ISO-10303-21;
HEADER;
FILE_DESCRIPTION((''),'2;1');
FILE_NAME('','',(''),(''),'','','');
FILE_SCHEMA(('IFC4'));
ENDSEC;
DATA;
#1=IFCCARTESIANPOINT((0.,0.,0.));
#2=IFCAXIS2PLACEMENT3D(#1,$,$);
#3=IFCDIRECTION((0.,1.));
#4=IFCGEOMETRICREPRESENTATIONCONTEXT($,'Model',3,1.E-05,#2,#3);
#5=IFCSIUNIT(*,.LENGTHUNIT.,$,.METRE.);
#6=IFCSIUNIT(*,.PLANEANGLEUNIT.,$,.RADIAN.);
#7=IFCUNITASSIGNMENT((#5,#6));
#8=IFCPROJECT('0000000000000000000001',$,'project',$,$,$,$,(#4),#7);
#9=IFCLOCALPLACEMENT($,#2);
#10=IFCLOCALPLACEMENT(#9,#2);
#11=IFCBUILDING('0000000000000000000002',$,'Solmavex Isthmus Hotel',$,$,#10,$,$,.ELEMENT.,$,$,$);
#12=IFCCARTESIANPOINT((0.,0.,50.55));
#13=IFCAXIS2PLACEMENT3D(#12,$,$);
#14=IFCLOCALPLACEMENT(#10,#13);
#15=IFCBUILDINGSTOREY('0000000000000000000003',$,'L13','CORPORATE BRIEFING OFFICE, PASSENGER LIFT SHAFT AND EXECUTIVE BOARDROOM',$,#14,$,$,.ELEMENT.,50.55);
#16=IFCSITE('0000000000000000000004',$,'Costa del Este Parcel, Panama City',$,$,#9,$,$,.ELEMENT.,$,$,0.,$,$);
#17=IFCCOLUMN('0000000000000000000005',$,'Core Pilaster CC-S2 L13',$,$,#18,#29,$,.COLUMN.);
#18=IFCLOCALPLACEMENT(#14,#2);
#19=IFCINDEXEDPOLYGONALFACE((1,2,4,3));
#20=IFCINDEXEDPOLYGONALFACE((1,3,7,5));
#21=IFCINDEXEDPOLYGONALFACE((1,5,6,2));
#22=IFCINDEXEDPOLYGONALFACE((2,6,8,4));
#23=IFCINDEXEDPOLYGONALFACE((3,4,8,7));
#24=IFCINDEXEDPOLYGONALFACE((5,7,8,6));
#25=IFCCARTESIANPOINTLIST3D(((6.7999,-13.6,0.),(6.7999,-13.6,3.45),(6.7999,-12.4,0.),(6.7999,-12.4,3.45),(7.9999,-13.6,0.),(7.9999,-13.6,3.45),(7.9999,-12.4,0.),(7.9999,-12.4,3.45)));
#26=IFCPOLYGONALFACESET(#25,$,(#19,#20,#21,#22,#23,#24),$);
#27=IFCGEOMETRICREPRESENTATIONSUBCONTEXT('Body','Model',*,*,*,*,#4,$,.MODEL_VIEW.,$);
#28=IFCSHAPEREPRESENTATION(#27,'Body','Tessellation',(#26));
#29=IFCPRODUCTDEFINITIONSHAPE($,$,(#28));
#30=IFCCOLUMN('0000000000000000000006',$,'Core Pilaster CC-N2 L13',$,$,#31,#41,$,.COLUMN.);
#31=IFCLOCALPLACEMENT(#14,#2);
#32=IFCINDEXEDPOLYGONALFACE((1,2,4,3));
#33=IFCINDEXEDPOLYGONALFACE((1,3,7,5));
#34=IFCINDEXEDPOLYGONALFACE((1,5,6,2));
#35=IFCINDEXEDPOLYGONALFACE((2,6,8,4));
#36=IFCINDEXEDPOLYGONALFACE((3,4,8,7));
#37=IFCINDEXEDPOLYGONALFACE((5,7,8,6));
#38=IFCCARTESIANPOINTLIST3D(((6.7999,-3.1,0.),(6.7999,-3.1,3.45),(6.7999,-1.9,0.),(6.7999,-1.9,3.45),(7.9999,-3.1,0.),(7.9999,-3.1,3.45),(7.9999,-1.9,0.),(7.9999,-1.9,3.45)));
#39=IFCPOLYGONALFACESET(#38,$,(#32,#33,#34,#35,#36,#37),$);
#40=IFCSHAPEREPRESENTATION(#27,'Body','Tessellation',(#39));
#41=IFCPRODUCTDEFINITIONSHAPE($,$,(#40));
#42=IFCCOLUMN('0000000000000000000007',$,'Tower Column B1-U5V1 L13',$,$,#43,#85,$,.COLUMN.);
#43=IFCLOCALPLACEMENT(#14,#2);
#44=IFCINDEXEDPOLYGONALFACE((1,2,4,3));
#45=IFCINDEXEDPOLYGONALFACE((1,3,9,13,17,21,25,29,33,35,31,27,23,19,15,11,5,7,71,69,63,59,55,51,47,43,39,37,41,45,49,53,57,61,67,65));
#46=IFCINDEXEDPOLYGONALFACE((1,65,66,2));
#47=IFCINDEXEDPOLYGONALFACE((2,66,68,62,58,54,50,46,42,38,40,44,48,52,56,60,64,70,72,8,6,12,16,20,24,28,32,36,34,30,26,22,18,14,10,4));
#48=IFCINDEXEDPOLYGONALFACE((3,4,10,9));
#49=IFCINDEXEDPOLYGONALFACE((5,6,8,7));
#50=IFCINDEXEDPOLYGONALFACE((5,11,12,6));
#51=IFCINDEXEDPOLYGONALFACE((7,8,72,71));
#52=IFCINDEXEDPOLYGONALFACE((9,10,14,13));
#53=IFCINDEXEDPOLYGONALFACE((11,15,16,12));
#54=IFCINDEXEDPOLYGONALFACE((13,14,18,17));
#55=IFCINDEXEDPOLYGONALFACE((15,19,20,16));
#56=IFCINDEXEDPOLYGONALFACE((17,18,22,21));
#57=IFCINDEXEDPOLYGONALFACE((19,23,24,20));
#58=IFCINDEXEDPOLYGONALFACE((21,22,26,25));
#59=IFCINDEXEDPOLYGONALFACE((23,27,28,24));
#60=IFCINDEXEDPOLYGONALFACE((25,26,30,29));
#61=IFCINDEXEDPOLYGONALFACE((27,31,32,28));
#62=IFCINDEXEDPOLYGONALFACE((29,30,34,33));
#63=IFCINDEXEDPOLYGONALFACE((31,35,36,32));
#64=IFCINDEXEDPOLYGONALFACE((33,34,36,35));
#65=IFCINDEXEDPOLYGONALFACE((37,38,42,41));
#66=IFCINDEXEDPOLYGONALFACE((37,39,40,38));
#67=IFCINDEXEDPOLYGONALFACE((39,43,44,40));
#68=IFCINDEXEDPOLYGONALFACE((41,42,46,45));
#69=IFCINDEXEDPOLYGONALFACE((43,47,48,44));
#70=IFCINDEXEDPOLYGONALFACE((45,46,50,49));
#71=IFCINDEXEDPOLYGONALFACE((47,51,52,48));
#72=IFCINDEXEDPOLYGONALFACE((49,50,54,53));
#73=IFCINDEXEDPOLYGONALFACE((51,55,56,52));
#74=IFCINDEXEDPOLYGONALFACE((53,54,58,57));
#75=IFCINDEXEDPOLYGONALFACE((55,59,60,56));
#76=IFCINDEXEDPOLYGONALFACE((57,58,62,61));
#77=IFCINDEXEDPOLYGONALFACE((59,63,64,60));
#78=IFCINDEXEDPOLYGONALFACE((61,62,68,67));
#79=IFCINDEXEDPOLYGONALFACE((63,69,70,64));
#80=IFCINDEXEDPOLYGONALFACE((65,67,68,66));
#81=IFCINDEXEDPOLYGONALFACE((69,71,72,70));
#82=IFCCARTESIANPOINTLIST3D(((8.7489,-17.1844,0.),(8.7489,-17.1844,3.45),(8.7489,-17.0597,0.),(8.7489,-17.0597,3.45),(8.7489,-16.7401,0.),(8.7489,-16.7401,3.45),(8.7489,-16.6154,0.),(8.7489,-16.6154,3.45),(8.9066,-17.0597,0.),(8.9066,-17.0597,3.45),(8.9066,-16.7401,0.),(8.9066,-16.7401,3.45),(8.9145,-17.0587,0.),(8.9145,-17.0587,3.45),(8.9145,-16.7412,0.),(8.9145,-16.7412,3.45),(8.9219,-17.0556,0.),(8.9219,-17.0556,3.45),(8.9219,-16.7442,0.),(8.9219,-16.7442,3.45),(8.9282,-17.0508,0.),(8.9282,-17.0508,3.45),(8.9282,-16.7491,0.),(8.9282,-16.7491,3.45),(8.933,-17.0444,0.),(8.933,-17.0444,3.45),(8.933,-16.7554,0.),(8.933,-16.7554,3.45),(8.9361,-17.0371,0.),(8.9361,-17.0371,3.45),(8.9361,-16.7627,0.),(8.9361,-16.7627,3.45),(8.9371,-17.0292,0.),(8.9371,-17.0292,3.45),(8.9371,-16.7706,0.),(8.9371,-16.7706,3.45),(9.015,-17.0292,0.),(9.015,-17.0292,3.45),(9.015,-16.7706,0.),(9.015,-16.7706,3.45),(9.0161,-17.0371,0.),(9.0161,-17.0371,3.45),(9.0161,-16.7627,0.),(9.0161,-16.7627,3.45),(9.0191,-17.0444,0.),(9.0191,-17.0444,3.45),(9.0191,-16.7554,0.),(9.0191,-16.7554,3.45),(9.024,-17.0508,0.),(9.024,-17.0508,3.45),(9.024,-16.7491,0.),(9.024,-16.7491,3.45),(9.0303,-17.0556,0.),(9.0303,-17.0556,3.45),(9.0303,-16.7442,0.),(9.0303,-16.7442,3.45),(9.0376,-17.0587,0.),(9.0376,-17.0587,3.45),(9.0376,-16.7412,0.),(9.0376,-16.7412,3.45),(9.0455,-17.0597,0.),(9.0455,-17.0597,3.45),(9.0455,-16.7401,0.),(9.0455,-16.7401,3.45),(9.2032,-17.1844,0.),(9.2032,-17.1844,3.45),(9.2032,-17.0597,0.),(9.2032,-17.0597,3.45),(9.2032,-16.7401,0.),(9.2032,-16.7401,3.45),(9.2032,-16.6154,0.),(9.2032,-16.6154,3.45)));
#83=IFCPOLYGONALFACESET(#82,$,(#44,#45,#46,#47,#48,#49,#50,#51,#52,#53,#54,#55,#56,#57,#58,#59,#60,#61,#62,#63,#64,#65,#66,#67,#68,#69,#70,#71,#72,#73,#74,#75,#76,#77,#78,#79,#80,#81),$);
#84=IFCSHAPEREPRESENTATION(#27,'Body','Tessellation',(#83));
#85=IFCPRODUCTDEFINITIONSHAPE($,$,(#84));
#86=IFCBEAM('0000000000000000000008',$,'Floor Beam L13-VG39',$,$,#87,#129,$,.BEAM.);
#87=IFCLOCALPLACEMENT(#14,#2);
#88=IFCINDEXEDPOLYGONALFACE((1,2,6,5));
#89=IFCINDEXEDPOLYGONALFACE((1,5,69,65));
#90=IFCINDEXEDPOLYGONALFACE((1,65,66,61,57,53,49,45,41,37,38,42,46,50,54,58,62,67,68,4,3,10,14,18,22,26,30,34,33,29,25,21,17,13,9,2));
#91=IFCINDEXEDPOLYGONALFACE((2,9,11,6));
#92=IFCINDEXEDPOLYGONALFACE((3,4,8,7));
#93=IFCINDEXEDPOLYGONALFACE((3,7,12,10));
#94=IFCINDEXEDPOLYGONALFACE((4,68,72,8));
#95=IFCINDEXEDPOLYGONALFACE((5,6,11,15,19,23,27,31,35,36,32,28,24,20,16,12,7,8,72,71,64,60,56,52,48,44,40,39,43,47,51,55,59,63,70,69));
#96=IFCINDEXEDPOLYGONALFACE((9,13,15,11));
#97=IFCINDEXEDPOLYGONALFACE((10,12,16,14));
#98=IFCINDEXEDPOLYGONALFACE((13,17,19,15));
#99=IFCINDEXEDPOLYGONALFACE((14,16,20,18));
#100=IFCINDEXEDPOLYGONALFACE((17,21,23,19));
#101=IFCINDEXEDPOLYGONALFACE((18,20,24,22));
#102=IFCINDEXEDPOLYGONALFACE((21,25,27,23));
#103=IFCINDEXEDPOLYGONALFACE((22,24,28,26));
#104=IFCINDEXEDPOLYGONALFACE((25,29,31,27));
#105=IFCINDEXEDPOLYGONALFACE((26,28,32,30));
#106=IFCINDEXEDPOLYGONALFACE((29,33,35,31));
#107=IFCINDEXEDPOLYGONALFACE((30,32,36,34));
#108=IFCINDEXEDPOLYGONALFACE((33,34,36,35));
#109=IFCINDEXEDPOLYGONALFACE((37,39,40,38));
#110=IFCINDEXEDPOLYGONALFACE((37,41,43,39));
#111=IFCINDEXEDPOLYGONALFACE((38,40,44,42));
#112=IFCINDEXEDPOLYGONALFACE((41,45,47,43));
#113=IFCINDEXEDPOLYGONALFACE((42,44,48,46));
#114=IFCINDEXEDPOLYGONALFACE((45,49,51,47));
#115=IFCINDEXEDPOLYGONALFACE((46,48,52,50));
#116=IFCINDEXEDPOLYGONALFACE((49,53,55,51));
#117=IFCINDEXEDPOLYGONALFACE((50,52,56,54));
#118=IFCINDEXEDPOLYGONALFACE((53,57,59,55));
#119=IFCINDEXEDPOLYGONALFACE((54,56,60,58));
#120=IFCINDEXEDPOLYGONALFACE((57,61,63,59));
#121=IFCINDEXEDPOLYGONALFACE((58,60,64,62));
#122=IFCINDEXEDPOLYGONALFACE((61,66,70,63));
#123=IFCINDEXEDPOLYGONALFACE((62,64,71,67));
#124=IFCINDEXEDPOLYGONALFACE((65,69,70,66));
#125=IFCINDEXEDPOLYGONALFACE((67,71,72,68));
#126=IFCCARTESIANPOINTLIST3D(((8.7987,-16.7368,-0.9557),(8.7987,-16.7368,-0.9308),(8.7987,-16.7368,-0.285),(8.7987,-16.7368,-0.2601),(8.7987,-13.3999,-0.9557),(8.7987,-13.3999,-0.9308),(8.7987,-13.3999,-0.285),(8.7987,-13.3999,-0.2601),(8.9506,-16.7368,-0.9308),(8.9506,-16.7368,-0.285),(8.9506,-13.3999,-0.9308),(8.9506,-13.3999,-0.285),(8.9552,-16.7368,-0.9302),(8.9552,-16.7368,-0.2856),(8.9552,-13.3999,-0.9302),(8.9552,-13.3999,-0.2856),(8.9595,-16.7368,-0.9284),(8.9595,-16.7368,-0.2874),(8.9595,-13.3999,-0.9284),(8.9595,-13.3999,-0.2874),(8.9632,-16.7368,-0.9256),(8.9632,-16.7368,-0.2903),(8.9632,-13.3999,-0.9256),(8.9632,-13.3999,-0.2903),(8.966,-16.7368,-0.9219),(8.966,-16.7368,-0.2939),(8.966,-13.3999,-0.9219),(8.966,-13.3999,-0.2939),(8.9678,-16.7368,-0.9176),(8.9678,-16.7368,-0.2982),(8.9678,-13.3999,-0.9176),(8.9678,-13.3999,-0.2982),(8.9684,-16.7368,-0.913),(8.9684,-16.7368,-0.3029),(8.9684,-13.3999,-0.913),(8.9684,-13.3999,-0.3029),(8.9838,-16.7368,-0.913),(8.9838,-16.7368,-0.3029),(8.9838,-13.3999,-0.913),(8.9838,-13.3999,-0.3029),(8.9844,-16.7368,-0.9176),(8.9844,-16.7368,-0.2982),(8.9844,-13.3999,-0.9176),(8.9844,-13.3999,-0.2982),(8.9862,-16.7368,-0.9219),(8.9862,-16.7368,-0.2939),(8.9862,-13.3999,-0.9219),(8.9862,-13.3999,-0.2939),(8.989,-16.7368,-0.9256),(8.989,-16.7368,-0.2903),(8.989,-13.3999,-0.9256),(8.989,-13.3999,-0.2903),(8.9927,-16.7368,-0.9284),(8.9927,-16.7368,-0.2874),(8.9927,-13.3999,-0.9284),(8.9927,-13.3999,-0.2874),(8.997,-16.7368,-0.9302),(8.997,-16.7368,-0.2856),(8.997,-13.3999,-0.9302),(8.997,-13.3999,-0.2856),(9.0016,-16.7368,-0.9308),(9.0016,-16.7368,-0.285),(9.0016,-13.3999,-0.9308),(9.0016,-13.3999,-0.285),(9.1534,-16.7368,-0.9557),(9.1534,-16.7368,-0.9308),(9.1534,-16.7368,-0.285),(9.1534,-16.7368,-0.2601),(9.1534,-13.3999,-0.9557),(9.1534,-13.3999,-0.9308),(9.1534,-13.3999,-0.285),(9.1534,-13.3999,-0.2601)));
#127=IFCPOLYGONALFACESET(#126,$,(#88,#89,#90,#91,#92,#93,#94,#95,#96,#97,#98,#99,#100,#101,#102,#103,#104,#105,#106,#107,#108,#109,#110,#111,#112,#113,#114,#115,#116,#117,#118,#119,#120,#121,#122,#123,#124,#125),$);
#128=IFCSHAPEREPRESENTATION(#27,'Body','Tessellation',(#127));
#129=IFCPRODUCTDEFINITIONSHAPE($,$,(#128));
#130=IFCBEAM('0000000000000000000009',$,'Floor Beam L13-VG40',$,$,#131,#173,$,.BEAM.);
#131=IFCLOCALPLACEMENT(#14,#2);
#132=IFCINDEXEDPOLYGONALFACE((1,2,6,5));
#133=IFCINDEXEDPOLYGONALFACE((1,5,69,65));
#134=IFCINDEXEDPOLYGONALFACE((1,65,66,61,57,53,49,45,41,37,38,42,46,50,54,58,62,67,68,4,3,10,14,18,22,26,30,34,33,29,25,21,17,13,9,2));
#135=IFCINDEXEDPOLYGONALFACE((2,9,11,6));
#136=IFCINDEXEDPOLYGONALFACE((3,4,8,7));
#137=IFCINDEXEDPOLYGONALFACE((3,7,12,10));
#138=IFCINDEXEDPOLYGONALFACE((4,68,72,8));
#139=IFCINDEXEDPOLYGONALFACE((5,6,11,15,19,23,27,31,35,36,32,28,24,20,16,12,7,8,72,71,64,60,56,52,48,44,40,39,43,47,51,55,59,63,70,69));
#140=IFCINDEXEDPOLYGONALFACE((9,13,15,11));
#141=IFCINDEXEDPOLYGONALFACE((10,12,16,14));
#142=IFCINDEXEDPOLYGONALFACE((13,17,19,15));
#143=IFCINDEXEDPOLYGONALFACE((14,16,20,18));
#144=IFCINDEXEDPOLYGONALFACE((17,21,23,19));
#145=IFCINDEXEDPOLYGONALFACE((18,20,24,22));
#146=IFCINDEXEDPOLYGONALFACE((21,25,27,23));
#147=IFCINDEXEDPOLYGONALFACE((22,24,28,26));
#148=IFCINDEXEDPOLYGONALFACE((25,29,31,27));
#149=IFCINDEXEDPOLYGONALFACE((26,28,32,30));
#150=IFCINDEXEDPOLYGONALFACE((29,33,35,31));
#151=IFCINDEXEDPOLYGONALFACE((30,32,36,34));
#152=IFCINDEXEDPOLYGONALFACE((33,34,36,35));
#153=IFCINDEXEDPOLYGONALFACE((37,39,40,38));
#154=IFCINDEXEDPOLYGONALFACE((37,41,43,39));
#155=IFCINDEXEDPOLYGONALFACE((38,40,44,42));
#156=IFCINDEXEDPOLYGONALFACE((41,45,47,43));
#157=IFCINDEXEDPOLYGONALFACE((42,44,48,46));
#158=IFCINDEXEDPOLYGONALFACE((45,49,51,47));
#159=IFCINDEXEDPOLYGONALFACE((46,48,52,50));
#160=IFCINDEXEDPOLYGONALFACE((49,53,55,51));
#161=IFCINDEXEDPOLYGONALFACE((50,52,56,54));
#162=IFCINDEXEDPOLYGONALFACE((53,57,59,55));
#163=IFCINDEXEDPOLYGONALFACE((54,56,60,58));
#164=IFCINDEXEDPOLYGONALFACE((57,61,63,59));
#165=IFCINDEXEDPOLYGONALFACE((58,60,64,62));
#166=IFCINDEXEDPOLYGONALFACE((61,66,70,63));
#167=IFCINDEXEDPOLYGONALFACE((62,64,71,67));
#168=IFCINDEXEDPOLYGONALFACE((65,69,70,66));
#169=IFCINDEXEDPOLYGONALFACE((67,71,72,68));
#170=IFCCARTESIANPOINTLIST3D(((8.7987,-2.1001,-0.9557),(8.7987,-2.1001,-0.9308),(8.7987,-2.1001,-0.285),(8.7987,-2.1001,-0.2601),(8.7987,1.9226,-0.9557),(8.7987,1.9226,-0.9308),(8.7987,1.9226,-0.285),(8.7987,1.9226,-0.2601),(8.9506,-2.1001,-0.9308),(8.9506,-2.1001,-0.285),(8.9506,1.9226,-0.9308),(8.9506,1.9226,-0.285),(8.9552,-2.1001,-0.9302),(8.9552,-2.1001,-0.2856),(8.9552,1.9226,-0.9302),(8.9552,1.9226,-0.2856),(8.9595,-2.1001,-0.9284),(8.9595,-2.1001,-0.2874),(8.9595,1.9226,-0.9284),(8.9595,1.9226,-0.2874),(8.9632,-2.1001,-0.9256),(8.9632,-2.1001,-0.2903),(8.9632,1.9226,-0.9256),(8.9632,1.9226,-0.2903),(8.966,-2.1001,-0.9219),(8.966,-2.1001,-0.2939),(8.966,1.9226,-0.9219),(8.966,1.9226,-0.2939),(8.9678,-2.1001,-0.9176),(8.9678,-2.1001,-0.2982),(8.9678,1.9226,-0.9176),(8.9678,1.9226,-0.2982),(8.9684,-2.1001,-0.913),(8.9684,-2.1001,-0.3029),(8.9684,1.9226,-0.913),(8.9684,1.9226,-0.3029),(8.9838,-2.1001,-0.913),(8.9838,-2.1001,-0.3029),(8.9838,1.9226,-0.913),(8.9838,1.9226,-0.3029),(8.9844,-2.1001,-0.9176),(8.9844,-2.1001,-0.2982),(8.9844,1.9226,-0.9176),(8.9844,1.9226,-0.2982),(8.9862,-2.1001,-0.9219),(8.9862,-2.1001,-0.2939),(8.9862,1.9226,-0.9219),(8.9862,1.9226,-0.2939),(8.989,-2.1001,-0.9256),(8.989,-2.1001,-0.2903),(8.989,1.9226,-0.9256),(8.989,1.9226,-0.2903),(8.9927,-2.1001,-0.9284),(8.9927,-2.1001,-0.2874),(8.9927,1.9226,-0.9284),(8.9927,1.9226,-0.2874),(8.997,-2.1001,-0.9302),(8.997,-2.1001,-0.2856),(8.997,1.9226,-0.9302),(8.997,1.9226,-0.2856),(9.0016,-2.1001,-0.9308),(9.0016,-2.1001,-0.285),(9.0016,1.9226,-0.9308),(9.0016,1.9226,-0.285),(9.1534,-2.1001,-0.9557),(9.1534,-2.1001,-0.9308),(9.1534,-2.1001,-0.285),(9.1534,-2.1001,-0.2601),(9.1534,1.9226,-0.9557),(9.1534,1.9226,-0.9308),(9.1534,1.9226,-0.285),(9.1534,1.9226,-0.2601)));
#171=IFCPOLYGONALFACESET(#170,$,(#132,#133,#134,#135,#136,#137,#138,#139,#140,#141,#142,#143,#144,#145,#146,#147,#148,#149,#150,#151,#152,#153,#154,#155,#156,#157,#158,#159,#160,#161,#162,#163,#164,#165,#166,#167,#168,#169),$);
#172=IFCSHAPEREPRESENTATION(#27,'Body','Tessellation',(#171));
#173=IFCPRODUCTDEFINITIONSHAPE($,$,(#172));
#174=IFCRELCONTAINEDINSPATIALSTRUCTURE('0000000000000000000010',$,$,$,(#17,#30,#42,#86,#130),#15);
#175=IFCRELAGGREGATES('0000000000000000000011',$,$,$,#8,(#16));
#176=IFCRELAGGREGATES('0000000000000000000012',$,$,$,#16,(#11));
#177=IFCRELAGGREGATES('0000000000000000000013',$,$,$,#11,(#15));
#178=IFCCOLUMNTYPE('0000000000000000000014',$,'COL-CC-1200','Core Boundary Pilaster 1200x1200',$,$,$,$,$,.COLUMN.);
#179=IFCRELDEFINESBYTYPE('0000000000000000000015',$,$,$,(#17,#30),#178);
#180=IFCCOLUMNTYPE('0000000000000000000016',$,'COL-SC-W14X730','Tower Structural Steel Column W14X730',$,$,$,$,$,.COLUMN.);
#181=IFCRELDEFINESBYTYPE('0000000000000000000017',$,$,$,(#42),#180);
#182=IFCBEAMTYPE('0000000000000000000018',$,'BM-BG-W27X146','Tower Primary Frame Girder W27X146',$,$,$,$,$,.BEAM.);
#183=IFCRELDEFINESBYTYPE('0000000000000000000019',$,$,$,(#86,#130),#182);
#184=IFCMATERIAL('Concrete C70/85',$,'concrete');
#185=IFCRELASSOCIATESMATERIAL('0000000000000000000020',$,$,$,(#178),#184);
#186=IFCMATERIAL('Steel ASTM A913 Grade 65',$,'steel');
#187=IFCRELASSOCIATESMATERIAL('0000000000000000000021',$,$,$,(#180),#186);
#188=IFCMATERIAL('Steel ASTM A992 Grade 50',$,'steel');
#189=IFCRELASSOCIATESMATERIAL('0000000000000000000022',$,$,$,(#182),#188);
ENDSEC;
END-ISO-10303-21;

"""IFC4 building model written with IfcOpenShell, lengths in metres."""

from ifc_helpers import new_model, si_unit, direction, frame, origin, origin_2d, place, context, subcontext, project, spatial, rectangle, i_section, extrude, material, material_profile, profile_set, type_object, element, save


model = new_model("IFC4")

# Units and contexts
model_context = context("Model", 3, precision=1e-05, world=origin(), true_north=direction((0.0, 1.0)))
body_context = subcontext(model_context, "Body", "Model", "MODEL_VIEW")
ifc_project = project(units=[si_unit("LENGTHUNIT", "METRE"), si_unit("PLANEANGLEUNIT", "RADIAN")], contexts=[model_context])

# Site, building, storey
site_placement = place(None, origin())
site = spatial("IfcSite", under=ifc_project, at=site_placement, Name="Costa del Este Parcel, Panama City", CompositionType="ELEMENT", RefElevation=0.0)
building_placement = place(site_placement, origin())
building = spatial("IfcBuilding", under=site, at=building_placement, Name="Solmavex Isthmus Hotel", CompositionType="ELEMENT")
storey_placement = place(building_placement, frame((0.0, 0.0, 50.55)))
storey = spatial("IfcBuildingStorey", under=building, at=storey_placement, Name="L13", Description="CORPORATE BRIEFING OFFICE, PASSENGER LIFT SHAFT AND EXECUTIVE BOARDROOM", CompositionType="ELEMENT", Elevation=50.55)

# Columns
ifc_material_1 = material(Name="Concrete C70/85", Category="concrete")
ifc_material_profile_1 = material_profile(ifc_material_1, rectangle(XDim=1.2, YDim=1.2, at=origin_2d()), Name="RC1200X1200")
ifc_profile_set_1 = profile_set([ifc_material_profile_1], Name="Concrete C70/85")
column_type_1 = type_object("IfcColumnType", Name="COL-CC-1200", Description="Core Boundary Pilaster 1200x1200", PredefinedType="COLUMN", material=ifc_profile_set_1)
for number, where, z_axis, x_axis, name in (
    (1, (7.3999, -13.0, 0.0), (0.0, 0.0, 1.0), (1.0, 0.0, 0.0), "Core Pilaster CC-S2 L13"),
    (2, (7.3999, -2.5, 0.0), (0.0, 0.0, 1.0), (1.0, 0.0, 0.0), "Core Pilaster CC-N2 L13"),
):
    element("IfcColumn", number, at=place(storey_placement, frame(where, z_axis=z_axis, x_axis=x_axis)), inside=storey, type_object=column_type_1, Name=name, PredefinedType="COLUMN", context=body_context, shape_type="SweptSolid", body=[
        extrude(rectangle(XDim=1.2, YDim=1.2, at=origin_2d()), origin(), (0.0, 0.0, 1.0), 3.45),
    ])
ifc_material_2 = material(Name="Steel ASTM A913 Grade 65", Category="steel")
ifc_material_profile_2 = material_profile(ifc_material_2, i_section(OverallWidth=0.4543, OverallDepth=0.5691, WebThickness=0.0779, FlangeThickness=0.1248, FilletRadius=0.0305, at=origin_2d()), Name="W14X730")
ifc_profile_set_2 = profile_set([ifc_material_profile_2], Name="Steel ASTM A913 Grade 65")
column_type_2 = type_object("IfcColumnType", Name="COL-SC-W14X730", Description="Tower Structural Steel Column W14X730", PredefinedType="COLUMN", material=ifc_profile_set_2)
column_placement = place(storey_placement, frame((8.9761, -16.8999, 0.0), z_axis=(0.0, 0.0, 1.0), x_axis=(1.0, 0.0, 0.0)))
element("IfcColumn", 3, at=column_placement, inside=storey, type_object=column_type_2, Name="Tower Column B1-U5V1 L13", PredefinedType="COLUMN", context=body_context, shape_type="SweptSolid", body=[
    extrude(i_section(OverallWidth=0.4543, OverallDepth=0.5691, WebThickness=0.0779, FlangeThickness=0.1248, FilletRadius=0.0305, at=origin_2d()), origin(), (0.0, 0.0, 1.0), 3.45),
])

# Beams
ifc_material_3 = material(Name="Steel ASTM A992 Grade 50", Category="steel")
ifc_material_profile_3 = material_profile(ifc_material_3, i_section(OverallWidth=0.3547, OverallDepth=0.6956, WebThickness=0.0154, FlangeThickness=0.0249, FilletRadius=0.0178, at=origin_2d()), Name="W27X146")
ifc_profile_set_3 = profile_set([ifc_material_profile_3], Name="Steel ASTM A992 Grade 50")
beam_type_1 = type_object("IfcBeamType", Name="BM-BG-W27X146", Description="Tower Primary Frame Girder W27X146", PredefinedType="BEAM", material=ifc_profile_set_3)
beam_1_placement = place(storey_placement, frame((8.9761, -16.7368, -0.6079), z_axis=(0.0, 1.0, 0.0), x_axis=(-1.0, 0.0, 0.0)))
element("IfcBeam", 4, at=beam_1_placement, inside=storey, type_object=beam_type_1, Name="Floor Beam L13-VG39", PredefinedType="BEAM", context=body_context, shape_type="SweptSolid", body=[
    extrude(i_section(OverallWidth=0.3547, OverallDepth=0.6956, WebThickness=0.0154, FlangeThickness=0.0249, FilletRadius=0.0178, at=origin_2d()), origin(), (0.0, 0.0, 1.0), 3.3369),
])
beam_2_placement = place(storey_placement, frame((8.9761, -2.1001, -0.6079), z_axis=(0.0, 1.0, 0.0), x_axis=(-1.0, 0.0, 0.0)))
element("IfcBeam", 5, at=beam_2_placement, inside=storey, type_object=beam_type_1, Name="Floor Beam L13-VG40", PredefinedType="BEAM", context=body_context, shape_type="SweptSolid", body=[
    extrude(i_section(OverallWidth=0.3547, OverallDepth=0.6956, WebThickness=0.0154, FlangeThickness=0.0249, FilletRadius=0.0178, at=origin_2d()), origin(), (0.0, 0.0, 1.0), 4.0227),
])

save(model, "model.ifc")
